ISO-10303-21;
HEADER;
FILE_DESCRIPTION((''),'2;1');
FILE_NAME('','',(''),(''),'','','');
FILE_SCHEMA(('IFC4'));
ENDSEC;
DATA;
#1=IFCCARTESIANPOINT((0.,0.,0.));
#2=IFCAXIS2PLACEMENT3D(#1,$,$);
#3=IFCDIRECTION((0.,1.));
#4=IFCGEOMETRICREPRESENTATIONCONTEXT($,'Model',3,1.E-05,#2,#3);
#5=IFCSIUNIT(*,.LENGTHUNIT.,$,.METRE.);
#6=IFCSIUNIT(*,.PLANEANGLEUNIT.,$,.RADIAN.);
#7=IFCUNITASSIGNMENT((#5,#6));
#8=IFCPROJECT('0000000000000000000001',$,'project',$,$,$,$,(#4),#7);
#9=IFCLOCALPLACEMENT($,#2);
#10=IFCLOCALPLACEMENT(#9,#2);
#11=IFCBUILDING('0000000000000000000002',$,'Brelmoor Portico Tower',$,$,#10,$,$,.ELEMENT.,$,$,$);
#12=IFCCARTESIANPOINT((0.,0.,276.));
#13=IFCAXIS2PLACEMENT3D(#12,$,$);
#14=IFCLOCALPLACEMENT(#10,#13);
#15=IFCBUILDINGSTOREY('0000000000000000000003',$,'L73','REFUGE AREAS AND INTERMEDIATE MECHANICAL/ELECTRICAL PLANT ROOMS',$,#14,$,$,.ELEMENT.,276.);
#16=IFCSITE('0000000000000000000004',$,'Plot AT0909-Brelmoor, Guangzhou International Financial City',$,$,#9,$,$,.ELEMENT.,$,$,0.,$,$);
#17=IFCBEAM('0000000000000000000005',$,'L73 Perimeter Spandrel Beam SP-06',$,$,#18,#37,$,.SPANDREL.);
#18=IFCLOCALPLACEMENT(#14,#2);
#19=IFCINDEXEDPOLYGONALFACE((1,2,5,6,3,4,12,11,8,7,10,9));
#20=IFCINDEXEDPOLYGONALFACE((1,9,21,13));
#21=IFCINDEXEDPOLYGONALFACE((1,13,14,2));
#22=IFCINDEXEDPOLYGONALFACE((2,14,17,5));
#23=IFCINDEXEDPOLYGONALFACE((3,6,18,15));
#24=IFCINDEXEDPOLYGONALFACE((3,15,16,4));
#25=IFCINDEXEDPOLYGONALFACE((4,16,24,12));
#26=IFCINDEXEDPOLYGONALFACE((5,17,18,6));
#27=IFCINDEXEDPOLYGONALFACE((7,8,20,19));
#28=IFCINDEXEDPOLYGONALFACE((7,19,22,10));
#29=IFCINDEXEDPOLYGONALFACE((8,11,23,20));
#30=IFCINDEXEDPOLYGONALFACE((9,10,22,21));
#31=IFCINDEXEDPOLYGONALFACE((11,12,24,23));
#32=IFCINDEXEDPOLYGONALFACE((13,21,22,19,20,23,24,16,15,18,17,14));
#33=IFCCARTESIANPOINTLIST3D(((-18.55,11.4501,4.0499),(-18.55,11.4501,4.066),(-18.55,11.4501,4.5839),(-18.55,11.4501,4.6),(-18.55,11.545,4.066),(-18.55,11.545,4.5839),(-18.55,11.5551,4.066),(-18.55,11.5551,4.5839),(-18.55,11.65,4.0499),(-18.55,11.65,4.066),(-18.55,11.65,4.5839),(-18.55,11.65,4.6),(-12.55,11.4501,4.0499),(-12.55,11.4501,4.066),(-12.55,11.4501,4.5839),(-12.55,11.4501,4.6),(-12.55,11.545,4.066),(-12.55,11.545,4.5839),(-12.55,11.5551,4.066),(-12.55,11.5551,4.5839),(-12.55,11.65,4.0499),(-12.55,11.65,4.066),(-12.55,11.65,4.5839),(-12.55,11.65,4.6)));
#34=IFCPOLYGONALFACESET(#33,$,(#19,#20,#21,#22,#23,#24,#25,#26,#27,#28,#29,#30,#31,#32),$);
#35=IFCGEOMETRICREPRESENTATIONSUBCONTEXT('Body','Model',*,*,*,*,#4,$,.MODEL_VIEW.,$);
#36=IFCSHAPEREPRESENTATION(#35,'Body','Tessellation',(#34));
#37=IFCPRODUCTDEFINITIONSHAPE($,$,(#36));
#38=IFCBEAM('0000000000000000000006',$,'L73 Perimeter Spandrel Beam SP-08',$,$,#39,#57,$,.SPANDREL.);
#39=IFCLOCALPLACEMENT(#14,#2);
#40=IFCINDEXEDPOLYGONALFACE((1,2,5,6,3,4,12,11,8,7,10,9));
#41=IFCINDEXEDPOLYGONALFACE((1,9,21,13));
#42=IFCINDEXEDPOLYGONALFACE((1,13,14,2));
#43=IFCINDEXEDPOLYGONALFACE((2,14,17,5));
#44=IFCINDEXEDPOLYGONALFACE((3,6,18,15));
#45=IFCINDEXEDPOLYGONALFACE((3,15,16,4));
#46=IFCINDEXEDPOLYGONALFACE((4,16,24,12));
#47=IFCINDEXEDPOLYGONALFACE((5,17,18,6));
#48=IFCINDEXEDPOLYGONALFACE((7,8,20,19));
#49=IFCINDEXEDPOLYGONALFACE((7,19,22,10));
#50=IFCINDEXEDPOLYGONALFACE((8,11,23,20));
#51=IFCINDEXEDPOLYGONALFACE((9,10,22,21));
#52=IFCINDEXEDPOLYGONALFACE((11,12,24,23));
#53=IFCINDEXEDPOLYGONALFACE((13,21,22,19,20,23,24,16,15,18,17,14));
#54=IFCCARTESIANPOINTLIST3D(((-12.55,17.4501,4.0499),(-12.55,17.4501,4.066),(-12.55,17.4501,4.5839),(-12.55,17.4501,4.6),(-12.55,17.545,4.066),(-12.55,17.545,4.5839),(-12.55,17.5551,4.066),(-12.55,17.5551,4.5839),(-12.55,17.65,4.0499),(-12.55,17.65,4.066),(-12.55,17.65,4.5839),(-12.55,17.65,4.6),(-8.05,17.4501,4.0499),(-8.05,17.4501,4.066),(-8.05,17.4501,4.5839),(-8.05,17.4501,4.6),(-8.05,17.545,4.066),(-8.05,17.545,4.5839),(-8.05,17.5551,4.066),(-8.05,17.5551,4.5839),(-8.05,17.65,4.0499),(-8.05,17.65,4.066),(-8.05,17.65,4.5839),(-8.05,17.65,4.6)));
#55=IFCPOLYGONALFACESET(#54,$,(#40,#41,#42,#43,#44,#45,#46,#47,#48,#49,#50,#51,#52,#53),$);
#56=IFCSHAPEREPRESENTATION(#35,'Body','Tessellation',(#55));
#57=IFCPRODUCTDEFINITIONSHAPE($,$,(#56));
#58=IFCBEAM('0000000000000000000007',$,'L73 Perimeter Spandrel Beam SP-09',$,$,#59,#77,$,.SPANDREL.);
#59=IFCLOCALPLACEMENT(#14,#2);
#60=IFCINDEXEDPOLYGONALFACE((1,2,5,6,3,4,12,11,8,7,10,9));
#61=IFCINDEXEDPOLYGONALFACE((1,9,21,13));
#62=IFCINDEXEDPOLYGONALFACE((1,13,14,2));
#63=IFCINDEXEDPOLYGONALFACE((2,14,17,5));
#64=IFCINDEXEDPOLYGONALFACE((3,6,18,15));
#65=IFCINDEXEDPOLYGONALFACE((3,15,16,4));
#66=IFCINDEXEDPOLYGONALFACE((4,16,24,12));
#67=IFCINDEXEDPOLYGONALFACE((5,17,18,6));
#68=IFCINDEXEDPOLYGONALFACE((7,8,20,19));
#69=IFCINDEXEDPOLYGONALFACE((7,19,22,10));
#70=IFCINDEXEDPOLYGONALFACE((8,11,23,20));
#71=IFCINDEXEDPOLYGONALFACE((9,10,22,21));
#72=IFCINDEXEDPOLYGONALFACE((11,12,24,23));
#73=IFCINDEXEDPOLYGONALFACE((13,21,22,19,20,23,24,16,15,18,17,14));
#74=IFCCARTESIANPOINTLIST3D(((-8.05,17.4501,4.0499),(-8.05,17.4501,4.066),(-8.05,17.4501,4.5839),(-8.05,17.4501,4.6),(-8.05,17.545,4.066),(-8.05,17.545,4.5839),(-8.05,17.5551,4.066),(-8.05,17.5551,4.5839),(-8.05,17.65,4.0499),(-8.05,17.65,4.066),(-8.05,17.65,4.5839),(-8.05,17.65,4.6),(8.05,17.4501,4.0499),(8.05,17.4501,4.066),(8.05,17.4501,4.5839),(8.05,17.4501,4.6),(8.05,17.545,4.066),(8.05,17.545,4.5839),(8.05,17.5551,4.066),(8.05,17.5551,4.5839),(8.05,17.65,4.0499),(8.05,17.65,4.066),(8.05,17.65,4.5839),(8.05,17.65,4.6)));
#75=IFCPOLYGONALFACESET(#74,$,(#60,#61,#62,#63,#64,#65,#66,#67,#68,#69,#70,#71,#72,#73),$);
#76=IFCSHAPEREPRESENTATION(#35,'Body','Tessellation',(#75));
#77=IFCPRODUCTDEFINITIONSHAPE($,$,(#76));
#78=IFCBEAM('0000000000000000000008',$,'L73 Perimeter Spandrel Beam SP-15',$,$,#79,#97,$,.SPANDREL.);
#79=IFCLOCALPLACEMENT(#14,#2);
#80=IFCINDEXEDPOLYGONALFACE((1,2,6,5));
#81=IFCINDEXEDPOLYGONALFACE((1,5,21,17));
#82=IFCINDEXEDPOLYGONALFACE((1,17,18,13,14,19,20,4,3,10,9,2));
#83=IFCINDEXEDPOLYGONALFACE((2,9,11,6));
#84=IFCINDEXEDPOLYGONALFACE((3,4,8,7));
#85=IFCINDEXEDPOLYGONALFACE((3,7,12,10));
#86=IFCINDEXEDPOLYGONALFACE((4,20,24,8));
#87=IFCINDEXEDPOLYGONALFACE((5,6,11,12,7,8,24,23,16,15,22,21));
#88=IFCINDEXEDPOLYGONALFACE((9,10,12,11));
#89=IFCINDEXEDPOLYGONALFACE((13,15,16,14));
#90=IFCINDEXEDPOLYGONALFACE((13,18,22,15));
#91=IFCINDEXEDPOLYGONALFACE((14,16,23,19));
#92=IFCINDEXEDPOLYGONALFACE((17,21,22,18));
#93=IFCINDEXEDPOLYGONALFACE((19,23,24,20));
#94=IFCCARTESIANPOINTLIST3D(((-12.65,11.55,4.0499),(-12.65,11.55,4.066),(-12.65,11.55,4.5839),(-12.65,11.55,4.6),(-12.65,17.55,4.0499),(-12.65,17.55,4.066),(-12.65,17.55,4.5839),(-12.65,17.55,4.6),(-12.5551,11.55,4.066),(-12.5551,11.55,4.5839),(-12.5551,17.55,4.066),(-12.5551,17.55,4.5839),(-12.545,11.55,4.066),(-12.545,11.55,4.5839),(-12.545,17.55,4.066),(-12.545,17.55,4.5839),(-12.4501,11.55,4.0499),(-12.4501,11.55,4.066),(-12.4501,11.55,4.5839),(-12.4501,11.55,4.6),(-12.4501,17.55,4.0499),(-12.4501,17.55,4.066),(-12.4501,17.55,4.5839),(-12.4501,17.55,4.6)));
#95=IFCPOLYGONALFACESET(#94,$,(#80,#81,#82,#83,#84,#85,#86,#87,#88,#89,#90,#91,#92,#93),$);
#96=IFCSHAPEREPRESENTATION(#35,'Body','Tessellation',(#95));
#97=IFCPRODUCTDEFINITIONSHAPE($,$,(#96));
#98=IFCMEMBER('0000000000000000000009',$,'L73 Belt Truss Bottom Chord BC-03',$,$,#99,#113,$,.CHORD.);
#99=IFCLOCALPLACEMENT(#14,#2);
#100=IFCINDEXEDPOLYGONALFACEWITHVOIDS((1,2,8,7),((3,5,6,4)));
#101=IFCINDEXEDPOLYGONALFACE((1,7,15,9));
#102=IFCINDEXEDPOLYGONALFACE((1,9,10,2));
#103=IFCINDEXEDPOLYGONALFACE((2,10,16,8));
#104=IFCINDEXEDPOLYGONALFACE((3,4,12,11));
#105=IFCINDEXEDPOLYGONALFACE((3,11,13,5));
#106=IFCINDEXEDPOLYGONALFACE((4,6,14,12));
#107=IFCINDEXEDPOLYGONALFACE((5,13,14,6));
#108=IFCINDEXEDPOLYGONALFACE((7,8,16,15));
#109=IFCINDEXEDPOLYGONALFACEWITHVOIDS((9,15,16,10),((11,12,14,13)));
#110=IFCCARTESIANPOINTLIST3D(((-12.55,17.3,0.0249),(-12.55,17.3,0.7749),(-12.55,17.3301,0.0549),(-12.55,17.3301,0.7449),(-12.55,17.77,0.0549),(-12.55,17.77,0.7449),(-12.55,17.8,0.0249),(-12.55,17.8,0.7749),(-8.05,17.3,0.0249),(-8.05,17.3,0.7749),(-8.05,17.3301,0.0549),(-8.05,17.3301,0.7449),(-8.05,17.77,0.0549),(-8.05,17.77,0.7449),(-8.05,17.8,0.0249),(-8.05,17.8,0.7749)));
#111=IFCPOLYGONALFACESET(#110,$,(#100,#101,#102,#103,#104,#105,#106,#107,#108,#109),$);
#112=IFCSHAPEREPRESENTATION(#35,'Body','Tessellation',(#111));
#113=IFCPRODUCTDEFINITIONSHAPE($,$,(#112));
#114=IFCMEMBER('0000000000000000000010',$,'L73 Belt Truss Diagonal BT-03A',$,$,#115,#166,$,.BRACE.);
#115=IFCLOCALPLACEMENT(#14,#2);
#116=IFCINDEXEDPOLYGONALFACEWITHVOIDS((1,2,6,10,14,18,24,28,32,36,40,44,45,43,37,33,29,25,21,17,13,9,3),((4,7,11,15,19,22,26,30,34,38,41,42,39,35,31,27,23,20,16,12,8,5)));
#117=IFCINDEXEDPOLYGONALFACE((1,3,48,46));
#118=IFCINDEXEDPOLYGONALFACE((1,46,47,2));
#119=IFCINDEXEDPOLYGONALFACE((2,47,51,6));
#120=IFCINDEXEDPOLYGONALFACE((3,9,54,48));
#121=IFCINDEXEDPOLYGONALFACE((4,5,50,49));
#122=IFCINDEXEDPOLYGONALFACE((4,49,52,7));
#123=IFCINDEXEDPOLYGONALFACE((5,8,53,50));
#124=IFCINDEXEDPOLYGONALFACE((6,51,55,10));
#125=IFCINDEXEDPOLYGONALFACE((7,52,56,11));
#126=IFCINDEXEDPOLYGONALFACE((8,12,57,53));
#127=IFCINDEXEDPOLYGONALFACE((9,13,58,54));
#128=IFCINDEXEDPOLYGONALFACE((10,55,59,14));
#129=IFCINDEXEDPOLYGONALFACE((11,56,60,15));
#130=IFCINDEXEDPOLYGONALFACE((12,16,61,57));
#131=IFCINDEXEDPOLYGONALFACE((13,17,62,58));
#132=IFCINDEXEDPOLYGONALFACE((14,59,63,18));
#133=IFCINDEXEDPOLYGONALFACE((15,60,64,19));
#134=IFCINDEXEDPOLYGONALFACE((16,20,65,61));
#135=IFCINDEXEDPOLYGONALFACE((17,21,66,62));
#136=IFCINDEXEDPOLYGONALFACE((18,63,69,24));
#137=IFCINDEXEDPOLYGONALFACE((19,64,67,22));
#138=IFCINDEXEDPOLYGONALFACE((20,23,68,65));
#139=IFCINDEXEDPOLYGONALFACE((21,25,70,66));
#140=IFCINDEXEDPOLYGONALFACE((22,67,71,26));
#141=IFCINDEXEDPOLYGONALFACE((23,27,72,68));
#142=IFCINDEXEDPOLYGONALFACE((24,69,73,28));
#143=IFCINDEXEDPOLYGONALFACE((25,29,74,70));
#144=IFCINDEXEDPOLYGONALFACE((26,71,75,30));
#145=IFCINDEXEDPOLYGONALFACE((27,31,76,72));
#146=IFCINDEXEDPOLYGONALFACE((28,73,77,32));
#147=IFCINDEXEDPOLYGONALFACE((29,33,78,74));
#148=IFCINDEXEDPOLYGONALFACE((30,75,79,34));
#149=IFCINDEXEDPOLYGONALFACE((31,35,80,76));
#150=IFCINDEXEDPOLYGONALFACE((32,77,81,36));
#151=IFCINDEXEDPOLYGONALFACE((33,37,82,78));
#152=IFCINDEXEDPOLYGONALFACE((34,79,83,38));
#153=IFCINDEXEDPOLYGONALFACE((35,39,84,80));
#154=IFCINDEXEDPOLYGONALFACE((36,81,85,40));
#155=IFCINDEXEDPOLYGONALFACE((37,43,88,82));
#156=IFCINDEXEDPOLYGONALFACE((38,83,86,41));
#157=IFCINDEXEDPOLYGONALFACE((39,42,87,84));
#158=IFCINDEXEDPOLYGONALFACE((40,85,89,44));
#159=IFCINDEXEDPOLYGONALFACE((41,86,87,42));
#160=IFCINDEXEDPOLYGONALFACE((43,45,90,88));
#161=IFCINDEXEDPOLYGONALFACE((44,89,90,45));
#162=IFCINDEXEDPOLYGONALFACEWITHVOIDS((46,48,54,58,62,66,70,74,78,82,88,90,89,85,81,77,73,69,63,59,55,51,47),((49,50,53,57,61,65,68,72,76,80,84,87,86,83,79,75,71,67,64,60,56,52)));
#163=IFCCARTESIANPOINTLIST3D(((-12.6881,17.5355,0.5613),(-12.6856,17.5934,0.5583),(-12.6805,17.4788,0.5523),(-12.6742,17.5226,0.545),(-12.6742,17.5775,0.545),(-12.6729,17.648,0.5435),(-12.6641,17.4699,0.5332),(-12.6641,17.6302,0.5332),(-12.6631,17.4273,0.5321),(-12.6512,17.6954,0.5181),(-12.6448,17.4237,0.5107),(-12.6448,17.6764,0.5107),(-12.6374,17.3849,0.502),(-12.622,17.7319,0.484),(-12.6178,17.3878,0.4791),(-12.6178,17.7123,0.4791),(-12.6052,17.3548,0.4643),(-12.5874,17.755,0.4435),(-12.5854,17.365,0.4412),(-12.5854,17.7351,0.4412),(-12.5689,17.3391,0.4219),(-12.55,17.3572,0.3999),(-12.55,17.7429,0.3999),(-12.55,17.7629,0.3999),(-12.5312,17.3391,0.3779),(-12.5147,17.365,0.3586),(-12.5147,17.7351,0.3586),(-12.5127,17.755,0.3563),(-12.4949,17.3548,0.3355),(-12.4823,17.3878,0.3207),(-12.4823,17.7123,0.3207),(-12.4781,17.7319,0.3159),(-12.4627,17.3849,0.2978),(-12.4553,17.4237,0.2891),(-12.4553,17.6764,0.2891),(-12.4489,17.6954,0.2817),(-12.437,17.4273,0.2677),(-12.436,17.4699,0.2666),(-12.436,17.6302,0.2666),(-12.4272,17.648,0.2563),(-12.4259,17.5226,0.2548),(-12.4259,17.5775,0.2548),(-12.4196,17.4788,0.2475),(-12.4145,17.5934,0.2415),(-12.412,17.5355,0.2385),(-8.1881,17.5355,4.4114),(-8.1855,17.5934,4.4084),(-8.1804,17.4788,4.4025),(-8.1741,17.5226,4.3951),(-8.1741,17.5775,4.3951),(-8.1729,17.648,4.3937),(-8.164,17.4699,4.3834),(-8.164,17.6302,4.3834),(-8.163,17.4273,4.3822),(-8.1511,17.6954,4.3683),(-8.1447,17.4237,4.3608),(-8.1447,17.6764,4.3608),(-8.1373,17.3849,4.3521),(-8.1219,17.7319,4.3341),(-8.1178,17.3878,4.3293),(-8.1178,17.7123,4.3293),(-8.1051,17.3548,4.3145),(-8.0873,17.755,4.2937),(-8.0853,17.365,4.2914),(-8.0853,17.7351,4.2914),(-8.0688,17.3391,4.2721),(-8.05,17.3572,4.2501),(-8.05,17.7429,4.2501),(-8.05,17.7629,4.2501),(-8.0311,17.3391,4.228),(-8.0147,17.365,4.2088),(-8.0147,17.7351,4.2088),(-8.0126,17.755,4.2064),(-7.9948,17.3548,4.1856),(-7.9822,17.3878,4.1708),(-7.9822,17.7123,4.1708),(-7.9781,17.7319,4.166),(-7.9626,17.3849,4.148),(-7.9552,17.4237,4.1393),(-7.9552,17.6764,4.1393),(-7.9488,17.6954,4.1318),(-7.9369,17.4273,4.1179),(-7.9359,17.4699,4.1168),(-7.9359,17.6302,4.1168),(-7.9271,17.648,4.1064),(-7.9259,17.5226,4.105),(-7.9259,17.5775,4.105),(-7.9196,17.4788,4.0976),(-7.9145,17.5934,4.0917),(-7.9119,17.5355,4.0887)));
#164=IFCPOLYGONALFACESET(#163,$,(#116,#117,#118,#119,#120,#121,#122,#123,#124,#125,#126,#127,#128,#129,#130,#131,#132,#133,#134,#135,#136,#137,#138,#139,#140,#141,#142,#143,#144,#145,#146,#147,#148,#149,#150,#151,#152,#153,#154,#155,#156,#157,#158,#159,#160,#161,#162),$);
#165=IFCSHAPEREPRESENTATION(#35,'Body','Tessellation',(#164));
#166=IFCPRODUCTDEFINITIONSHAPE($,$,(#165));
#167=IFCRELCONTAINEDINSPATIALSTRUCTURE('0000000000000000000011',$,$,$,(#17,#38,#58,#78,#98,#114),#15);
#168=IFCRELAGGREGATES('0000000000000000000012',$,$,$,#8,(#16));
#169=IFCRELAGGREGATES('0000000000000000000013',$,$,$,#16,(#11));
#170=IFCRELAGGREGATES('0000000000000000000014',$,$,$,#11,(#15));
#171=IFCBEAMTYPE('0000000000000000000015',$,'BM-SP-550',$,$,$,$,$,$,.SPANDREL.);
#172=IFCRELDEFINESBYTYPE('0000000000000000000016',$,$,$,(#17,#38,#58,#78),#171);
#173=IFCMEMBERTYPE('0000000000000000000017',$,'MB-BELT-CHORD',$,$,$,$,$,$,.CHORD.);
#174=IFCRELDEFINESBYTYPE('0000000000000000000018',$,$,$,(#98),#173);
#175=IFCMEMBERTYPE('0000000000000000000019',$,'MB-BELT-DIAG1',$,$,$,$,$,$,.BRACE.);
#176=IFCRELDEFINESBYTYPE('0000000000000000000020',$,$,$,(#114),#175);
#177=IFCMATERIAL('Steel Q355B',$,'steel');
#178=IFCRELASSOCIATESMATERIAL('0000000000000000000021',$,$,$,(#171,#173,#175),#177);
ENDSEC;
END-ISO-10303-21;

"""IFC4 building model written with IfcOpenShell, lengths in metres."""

from ifc_helpers import new_model, si_unit, direction, frame, origin, origin_2d, place, context, subcontext, project, spatial, hollow_rectangle, hollow_circle, i_section, extrude, material, material_profile, profile_set, type_object, element, save


model = new_model("IFC4")

# Units and contexts
model_context = context("Model", 3, precision=1e-05, world=origin(), true_north=direction((0.0, 1.0)))
body_context = subcontext(model_context, "Body", "Model", "MODEL_VIEW")
ifc_project = project(units=[si_unit("LENGTHUNIT", "METRE"), si_unit("PLANEANGLEUNIT", "RADIAN")], contexts=[model_context])

# Site, building, storey
site_placement = place(None, origin())
site = spatial("IfcSite", under=ifc_project, at=site_placement, Name="Plot AT0909-Brelmoor, Guangzhou International Financial City", CompositionType="ELEMENT", RefElevation=0.0)
building_placement = place(site_placement, origin())
building = spatial("IfcBuilding", under=site, at=building_placement, Name="Brelmoor Portico Tower", CompositionType="ELEMENT")
storey_placement = place(building_placement, frame((0.0, 0.0, 276.0)))
storey = spatial("IfcBuildingStorey", under=building, at=storey_placement, Name="L73", Description="REFUGE AREAS AND INTERMEDIATE MECHANICAL/ELECTRICAL PLANT ROOMS", CompositionType="ELEMENT", Elevation=276.0)

# Shared definitions
ifc_material_1 = material(Name="Steel Q355B", Category="steel")

# Beams
ifc_material_profile_1 = material_profile(ifc_material_1, i_section(OverallWidth=0.2, OverallDepth=0.55, WebThickness=0.01, FlangeThickness=0.0161, at=origin_2d()), Name="HN 550x200x10x16")
ifc_profile_set_1 = profile_set([ifc_material_profile_1], Name="Steel Q355B")
beam_type_1 = type_object("IfcBeamType", Name="BM-SP-550", PredefinedType="SPANDREL", material=ifc_profile_set_1)
beam_1_placement = place(storey_placement, frame((-18.55, 11.55, 4.325), z_axis=(1.0, 0.0, 0.0), x_axis=(0.0, 1.0, 0.0)))
element("IfcBeam", 1, at=beam_1_placement, inside=storey, type_object=beam_type_1, Name="L73 Perimeter Spandrel Beam SP-06", PredefinedType="SPANDREL", context=body_context, shape_type="SweptSolid", body=[
    extrude(i_section(OverallWidth=0.2, OverallDepth=0.55, WebThickness=0.01, FlangeThickness=0.0161, at=origin_2d()), origin(), (0.0, 0.0, 1.0), 6.0),
])
beam_2_placement = place(storey_placement, frame((-12.55, 17.55, 4.325), z_axis=(1.0, 0.0, 0.0), x_axis=(0.0, 1.0, 0.0)))
element("IfcBeam", 2, at=beam_2_placement, inside=storey, type_object=beam_type_1, Name="L73 Perimeter Spandrel Beam SP-08", PredefinedType="SPANDREL", context=body_context, shape_type="SweptSolid", body=[
    extrude(i_section(OverallWidth=0.2, OverallDepth=0.55, WebThickness=0.01, FlangeThickness=0.0161, at=origin_2d()), origin(), (0.0, 0.0, 1.0), 4.5),
])
beam_3_placement = place(storey_placement, frame((-8.05, 17.55, 4.325), z_axis=(1.0, 0.0, 0.0), x_axis=(0.0, 1.0, 0.0)))
element("IfcBeam", 3, at=beam_3_placement, inside=storey, type_object=beam_type_1, Name="L73 Perimeter Spandrel Beam SP-09", PredefinedType="SPANDREL", context=body_context, shape_type="SweptSolid", body=[
    extrude(i_section(OverallWidth=0.2, OverallDepth=0.55, WebThickness=0.01, FlangeThickness=0.0161, at=origin_2d()), origin(), (0.0, 0.0, 1.0), 16.1001),
])
beam_4_placement = place(storey_placement, frame((-12.55, 11.55, 4.325), z_axis=(0.0, 1.0, 0.0), x_axis=(-1.0, 0.0, 0.0)))
element("IfcBeam", 4, at=beam_4_placement, inside=storey, type_object=beam_type_1, Name="L73 Perimeter Spandrel Beam SP-15", PredefinedType="SPANDREL", context=body_context, shape_type="SweptSolid", body=[
    extrude(i_section(OverallWidth=0.2, OverallDepth=0.55, WebThickness=0.01, FlangeThickness=0.0161, at=origin_2d()), origin(), (0.0, 0.0, 1.0), 6.0),
])

# Members
ifc_material_profile_2 = material_profile(ifc_material_1, hollow_rectangle(XDim=0.5, YDim=0.75, WallThickness=0.03, at=origin_2d()), Name="RHS 500x750x30")
ifc_profile_set_2 = profile_set([ifc_material_profile_2], Name="Steel Q355B")
member_type_1 = type_object("IfcMemberType", Name="MB-BELT-CHORD", PredefinedType="CHORD", material=ifc_profile_set_2)
member_1_placement = place(storey_placement, frame((-12.55, 17.55, 0.3999), z_axis=(1.0, 0.0, 0.0), x_axis=(0.0, 1.0, 0.0)))
element("IfcMember", 5, at=member_1_placement, inside=storey, type_object=member_type_1, Name="L73 Belt Truss Bottom Chord BC-03", PredefinedType="CHORD", context=body_context, shape_type="SweptSolid", body=[
    extrude(hollow_rectangle(XDim=0.5, YDim=0.75, WallThickness=0.03, at=origin_2d()), origin(), (0.0, 0.0, 1.0), 4.5),
])
ifc_material_profile_3 = material_profile(ifc_material_1, hollow_circle(Radius=0.2129, WallThickness=0.02, at=origin_2d()), Name="CHS 426x20")
ifc_profile_set_3 = profile_set([ifc_material_profile_3], Name="Steel Q355B")
member_type_2 = type_object("IfcMemberType", Name="MB-BELT-DIAG1", PredefinedType="BRACE", material=ifc_profile_set_3)
member_2_placement = place(storey_placement, frame((-12.55, 17.55, 0.3999), z_axis=(0.759844, 0.0, 0.650105), x_axis=(0.0, 1.0, 0.0)))
element("IfcMember", 6, at=member_2_placement, inside=storey, type_object=member_type_2, Name="L73 Belt Truss Diagonal BT-03A", PredefinedType="BRACE", context=body_context, shape_type="SweptSolid", body=[
    extrude(hollow_circle(Radius=0.2129, WallThickness=0.02, at=origin_2d()), origin(), (0.0, 0.0, 1.0), 5.9224),
])

save(model, "model.ifc")
